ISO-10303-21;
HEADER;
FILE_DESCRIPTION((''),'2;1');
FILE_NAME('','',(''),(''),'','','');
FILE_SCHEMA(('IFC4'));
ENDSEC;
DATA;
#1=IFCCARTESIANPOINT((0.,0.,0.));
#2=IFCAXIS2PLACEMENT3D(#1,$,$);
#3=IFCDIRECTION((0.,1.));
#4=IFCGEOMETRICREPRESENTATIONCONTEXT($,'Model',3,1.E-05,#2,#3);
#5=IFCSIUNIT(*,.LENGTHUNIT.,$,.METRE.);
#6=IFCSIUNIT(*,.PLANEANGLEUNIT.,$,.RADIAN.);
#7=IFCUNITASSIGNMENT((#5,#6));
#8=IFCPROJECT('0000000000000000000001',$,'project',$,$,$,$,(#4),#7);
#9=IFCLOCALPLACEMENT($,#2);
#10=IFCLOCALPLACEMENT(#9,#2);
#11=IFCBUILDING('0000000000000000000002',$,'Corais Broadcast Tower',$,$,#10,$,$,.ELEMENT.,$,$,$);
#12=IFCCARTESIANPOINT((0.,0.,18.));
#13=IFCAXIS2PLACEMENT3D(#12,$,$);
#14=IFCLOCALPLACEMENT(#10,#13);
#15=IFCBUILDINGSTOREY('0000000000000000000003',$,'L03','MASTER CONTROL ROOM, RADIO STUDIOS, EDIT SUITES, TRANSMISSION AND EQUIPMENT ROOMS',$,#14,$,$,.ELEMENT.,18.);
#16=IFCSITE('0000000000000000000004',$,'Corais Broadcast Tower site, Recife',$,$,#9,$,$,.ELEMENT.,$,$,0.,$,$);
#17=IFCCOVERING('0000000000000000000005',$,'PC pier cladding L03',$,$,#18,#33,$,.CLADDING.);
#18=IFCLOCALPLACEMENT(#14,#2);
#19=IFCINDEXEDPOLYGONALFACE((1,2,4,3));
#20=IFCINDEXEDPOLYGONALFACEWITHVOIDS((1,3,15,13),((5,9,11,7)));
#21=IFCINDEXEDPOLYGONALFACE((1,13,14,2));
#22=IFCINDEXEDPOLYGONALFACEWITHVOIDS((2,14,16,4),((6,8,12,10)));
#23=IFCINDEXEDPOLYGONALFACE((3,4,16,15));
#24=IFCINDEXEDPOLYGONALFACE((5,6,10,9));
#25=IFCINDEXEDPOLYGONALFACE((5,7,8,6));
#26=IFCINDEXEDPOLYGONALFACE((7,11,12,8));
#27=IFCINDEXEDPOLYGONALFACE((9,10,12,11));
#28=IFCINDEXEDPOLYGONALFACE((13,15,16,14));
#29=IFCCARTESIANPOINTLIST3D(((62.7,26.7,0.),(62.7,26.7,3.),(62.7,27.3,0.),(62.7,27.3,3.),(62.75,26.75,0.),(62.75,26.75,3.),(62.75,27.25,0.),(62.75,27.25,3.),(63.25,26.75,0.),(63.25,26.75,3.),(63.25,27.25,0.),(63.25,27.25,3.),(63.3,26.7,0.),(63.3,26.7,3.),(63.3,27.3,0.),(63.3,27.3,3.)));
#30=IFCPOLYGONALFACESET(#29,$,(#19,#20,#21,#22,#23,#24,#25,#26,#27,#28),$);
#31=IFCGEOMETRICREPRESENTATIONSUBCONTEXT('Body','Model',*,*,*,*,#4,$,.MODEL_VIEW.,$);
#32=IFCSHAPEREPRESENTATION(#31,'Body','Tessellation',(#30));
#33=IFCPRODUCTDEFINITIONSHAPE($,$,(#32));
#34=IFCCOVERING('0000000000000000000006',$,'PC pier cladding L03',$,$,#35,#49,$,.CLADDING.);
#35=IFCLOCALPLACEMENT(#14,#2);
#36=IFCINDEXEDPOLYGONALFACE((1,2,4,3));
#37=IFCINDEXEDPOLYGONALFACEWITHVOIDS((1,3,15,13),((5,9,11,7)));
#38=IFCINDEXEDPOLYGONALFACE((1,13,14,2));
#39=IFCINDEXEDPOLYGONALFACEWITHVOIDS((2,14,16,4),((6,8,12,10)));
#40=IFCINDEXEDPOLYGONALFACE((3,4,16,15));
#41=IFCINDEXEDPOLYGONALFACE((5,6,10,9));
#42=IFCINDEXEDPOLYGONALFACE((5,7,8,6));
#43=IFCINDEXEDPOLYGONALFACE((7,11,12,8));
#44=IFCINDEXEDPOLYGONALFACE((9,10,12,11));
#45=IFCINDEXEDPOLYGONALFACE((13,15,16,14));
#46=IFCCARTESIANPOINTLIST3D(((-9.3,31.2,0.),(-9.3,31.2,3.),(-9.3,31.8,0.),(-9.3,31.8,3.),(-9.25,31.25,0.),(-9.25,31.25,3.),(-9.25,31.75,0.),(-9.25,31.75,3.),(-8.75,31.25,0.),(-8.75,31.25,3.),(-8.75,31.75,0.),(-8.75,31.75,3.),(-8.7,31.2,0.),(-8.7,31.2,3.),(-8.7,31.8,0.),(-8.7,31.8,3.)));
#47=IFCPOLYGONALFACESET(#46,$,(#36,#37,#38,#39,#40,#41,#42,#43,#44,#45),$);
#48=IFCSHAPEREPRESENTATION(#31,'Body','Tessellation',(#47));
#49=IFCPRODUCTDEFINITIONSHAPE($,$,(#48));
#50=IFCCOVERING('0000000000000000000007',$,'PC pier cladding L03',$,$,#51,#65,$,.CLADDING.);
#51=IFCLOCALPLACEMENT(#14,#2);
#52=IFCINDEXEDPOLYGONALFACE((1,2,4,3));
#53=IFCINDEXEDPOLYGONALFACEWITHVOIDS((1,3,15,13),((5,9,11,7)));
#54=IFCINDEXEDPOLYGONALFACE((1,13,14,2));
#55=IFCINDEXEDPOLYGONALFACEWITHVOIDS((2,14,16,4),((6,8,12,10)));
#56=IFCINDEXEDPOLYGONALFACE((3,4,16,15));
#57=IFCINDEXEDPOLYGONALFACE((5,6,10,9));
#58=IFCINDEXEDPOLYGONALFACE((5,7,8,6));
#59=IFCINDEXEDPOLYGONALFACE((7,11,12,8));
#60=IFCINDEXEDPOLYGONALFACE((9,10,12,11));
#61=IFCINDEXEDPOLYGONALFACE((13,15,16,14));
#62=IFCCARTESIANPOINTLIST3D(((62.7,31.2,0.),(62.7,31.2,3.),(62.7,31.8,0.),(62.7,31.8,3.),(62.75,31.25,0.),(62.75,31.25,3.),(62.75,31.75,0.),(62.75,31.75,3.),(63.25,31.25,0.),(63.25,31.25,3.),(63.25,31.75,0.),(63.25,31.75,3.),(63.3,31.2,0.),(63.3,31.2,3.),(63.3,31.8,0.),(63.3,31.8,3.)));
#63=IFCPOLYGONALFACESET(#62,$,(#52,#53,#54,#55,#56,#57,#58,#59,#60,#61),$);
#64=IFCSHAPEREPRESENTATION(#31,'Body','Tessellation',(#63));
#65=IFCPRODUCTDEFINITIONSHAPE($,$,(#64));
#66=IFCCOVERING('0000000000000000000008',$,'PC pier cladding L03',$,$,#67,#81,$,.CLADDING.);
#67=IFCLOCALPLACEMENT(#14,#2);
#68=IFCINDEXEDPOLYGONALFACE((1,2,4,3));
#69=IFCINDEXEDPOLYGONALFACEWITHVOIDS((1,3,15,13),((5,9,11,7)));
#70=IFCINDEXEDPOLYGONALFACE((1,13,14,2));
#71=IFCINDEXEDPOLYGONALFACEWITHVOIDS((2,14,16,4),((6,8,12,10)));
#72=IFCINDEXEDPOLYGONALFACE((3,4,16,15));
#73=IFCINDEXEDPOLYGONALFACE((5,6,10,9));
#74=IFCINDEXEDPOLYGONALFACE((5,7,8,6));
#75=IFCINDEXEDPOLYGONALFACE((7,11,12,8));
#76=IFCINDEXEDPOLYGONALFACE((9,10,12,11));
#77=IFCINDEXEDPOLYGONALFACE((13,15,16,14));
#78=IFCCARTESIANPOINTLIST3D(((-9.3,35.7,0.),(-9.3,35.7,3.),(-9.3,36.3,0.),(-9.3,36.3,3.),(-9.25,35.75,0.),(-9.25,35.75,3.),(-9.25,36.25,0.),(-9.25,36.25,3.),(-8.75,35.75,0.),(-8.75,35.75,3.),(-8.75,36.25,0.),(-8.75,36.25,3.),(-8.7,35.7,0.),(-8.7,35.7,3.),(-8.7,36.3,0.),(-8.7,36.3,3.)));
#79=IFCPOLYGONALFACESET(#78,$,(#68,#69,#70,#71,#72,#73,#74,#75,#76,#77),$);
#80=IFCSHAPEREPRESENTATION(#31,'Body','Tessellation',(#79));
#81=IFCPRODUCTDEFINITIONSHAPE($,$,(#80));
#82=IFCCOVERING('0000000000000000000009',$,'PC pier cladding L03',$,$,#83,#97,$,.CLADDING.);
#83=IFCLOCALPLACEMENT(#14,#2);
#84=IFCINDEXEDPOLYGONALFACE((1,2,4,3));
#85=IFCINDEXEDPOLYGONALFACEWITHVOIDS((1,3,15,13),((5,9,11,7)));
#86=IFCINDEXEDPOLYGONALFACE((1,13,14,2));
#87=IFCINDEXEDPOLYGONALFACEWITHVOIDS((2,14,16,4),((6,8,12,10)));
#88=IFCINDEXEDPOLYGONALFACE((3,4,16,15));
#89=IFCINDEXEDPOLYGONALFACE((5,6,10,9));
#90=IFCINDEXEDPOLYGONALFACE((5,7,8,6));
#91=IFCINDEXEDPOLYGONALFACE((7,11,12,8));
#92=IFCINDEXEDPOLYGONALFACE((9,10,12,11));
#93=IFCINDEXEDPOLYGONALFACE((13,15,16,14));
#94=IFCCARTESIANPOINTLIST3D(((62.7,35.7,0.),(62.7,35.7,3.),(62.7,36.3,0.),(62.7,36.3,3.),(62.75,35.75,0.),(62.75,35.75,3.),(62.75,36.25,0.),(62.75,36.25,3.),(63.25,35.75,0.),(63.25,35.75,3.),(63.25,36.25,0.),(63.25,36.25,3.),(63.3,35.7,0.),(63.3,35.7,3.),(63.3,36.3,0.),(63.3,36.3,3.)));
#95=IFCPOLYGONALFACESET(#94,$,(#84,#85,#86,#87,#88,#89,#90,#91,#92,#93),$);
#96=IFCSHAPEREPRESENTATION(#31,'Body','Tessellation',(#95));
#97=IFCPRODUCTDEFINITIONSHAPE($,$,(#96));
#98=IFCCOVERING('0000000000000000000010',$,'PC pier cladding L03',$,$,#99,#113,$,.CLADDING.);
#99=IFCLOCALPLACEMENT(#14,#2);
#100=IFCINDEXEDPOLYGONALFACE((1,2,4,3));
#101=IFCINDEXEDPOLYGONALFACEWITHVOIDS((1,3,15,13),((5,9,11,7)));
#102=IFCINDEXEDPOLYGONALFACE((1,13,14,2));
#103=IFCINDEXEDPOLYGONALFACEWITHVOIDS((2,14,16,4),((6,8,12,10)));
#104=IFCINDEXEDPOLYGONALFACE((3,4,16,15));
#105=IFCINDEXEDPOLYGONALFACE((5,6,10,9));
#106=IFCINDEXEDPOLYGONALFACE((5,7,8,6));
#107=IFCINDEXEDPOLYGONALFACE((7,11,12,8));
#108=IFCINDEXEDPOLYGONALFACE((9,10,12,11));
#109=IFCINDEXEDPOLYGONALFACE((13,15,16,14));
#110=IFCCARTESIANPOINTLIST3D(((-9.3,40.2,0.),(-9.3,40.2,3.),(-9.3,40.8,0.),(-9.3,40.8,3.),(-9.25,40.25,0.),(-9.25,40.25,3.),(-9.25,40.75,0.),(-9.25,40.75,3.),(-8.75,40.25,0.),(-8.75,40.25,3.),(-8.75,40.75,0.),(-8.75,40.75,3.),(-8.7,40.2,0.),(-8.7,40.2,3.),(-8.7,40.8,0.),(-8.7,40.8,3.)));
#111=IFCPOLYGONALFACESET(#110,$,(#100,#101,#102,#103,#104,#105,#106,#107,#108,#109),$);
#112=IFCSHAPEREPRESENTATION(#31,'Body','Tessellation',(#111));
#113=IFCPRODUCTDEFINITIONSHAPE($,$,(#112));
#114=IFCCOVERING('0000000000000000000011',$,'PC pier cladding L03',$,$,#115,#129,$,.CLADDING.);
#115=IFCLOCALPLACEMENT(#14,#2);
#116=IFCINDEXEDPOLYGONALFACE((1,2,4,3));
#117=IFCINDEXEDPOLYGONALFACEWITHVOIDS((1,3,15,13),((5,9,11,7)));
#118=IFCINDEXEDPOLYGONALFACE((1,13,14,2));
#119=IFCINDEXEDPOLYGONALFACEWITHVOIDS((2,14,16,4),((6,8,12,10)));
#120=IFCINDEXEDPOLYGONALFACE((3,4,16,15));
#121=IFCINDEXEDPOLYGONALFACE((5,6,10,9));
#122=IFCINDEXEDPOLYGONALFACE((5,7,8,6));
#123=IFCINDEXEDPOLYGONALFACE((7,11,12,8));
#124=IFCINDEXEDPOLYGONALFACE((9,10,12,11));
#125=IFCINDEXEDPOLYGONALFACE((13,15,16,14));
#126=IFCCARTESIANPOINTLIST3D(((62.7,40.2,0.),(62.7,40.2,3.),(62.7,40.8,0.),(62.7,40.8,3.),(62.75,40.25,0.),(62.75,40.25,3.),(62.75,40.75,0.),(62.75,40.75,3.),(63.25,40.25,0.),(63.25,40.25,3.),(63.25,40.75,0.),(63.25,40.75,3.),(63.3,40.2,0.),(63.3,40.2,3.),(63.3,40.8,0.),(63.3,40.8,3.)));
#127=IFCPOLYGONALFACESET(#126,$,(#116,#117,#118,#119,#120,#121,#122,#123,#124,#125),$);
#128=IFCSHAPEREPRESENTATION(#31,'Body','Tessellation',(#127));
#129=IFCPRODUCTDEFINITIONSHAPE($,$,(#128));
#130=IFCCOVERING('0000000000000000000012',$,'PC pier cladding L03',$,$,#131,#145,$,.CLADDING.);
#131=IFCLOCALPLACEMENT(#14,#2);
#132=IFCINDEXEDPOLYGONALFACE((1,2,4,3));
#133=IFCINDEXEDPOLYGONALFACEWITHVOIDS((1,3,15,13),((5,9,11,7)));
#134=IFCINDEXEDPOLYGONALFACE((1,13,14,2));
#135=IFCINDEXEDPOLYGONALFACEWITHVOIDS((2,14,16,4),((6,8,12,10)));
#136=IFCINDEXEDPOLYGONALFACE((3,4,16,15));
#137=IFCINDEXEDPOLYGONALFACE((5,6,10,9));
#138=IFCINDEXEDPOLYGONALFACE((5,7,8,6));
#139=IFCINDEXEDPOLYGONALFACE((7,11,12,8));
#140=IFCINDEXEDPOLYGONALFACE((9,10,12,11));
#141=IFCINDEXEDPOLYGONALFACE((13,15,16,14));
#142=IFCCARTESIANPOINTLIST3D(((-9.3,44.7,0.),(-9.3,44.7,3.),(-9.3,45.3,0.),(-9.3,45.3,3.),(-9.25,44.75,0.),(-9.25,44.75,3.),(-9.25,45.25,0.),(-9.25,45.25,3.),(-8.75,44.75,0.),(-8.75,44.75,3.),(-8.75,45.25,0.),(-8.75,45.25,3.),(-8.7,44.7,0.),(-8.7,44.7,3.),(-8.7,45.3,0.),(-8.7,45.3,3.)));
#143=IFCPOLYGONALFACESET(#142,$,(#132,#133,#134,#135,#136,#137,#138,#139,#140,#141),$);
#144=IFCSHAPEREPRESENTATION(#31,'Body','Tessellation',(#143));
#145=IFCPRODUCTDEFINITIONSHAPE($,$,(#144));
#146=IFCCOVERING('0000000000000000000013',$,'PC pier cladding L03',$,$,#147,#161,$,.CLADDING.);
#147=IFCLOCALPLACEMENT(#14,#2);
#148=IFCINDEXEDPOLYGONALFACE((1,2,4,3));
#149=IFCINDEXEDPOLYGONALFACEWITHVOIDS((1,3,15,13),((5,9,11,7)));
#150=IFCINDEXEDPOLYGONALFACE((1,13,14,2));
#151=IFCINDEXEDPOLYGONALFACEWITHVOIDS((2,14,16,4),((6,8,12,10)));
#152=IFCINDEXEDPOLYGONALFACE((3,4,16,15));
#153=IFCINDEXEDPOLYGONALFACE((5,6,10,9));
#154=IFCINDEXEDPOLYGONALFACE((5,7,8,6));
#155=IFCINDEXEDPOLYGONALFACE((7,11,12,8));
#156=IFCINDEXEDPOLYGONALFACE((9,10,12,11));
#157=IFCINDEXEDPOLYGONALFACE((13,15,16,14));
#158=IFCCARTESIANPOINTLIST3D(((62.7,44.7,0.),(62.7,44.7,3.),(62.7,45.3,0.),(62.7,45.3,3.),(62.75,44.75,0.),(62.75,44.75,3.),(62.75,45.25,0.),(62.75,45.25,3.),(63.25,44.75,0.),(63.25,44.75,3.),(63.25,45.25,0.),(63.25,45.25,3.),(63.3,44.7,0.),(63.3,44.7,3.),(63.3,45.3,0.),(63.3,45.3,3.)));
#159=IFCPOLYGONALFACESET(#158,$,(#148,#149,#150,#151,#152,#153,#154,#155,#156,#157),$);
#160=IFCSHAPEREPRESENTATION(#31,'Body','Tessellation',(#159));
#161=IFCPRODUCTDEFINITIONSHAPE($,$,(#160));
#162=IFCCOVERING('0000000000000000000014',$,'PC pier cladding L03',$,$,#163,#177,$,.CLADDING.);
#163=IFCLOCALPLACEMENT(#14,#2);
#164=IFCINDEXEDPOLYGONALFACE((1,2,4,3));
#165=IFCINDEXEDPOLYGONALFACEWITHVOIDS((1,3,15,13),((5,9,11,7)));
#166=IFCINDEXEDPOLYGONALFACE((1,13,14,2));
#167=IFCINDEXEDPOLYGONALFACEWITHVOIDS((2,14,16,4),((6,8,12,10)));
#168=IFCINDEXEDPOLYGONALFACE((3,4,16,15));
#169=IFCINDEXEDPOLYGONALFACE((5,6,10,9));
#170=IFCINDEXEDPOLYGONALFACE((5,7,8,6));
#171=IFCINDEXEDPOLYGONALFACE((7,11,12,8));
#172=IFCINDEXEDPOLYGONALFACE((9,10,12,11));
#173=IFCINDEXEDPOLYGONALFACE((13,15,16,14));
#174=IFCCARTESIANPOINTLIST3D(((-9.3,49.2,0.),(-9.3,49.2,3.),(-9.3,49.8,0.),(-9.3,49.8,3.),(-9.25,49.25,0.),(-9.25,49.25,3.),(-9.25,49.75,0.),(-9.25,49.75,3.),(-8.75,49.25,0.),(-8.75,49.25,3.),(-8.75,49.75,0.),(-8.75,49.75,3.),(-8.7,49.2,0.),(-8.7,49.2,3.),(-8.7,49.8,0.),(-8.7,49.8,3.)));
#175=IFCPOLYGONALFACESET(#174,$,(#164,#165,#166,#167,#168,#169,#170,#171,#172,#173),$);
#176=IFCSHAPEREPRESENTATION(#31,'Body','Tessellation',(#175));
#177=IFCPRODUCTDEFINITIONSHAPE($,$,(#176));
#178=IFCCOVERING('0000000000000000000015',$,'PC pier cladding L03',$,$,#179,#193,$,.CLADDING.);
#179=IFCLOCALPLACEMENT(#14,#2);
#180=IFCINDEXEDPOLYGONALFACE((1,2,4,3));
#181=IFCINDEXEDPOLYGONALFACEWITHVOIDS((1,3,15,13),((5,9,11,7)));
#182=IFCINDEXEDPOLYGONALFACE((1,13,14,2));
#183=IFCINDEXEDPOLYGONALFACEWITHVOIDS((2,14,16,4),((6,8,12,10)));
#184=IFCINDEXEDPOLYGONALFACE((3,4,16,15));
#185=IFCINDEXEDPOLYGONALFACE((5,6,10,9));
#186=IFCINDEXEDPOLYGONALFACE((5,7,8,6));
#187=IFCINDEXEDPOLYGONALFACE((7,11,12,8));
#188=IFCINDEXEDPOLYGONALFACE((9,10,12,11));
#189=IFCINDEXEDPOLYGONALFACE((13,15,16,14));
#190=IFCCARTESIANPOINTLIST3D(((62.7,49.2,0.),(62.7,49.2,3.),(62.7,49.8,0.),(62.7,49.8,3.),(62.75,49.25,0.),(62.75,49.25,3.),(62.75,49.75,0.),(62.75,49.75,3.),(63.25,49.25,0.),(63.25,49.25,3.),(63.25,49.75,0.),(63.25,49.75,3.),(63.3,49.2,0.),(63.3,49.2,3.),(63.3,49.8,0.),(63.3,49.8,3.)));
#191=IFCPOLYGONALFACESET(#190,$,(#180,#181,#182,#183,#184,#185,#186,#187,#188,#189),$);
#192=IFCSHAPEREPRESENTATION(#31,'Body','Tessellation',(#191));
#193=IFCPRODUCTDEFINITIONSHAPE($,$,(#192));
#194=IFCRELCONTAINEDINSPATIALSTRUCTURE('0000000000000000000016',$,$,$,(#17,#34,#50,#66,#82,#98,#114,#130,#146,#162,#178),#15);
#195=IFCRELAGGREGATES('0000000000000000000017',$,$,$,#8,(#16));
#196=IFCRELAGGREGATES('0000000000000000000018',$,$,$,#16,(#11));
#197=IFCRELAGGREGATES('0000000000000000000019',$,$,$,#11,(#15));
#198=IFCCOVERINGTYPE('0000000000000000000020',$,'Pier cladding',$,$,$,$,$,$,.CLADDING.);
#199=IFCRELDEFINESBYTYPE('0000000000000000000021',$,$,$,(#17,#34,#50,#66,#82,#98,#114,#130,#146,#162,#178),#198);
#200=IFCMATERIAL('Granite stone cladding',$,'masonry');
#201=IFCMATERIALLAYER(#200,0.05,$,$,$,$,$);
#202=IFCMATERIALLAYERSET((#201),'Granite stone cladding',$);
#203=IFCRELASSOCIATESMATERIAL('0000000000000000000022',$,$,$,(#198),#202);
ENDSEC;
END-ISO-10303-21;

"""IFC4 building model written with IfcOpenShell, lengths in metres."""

from ifc_helpers import new_model, si_unit, direction, frame, origin, place, context, subcontext, project, spatial, polyline, outline, extrude, material, layer, layer_set, type_object, element, save


model = new_model("IFC4")

# Units and contexts
model_context = context("Model", 3, precision=1e-05, world=origin(), true_north=direction((0.0, 1.0)))
body_context = subcontext(model_context, "Body", "Model", "MODEL_VIEW")
ifc_project = project(units=[si_unit("LENGTHUNIT", "METRE"), si_unit("PLANEANGLEUNIT", "RADIAN")], contexts=[model_context])

# Site, building, storey
site_placement = place(None, origin())
site = spatial("IfcSite", under=ifc_project, at=site_placement, Name="Corais Broadcast Tower site, Recife", CompositionType="ELEMENT", RefElevation=0.0)
building_placement = place(site_placement, origin())
building = spatial("IfcBuilding", under=site, at=building_placement, Name="Corais Broadcast Tower", CompositionType="ELEMENT")
storey_placement = place(building_placement, frame((0.0, 0.0, 18.0)))
storey = spatial("IfcBuildingStorey", under=building, at=storey_placement, Name="L03", Description="MASTER CONTROL ROOM, RADIO STUDIOS, EDIT SUITES, TRANSMISSION AND EQUIPMENT ROOMS", CompositionType="ELEMENT", Elevation=18.0)

# Coverings
ifc_material = material(Name="Granite stone cladding", Category="masonry")
ifc_layer = layer(ifc_material, 0.05)
ifc_layer_set = layer_set([ifc_layer], Name="Granite stone cladding")
covering_type = type_object("IfcCoveringType", Name="Pier cladding", PredefinedType="CLADDING", material=ifc_layer_set)
covering_1_placement = place(storey_placement, origin())
element("IfcCovering", 1, at=covering_1_placement, inside=storey, type_object=covering_type, Name="PC pier cladding L03", PredefinedType="CLADDING", context=body_context, shape_type="SweptSolid", body=[
    extrude(outline(polyline([(62.7, 26.7), (63.3, 26.7), (63.3, 27.3), (62.7, 27.3), (62.7, 26.7)]), holes=[polyline([(62.75, 26.75), (63.25, 26.75), (63.25, 27.25), (62.75, 27.25), (62.75, 26.75)])]), origin(), (0.0, 0.0, 1.0), 3.0),
])
covering_2_placement = place(storey_placement, origin())
element("IfcCovering", 2, at=covering_2_placement, inside=storey, type_object=covering_type, Name="PC pier cladding L03", PredefinedType="CLADDING", context=body_context, shape_type="SweptSolid", body=[
    extrude(outline(polyline([(-9.3, 31.2), (-8.7, 31.2), (-8.7, 31.8), (-9.3, 31.8), (-9.3, 31.2)]), holes=[polyline([(-9.25, 31.25), (-8.75, 31.25), (-8.75, 31.75), (-9.25, 31.75), (-9.25, 31.25)])]), origin(), (0.0, 0.0, 1.0), 3.0),
])
covering_3_placement = place(storey_placement, origin())
element("IfcCovering", 3, at=covering_3_placement, inside=storey, type_object=covering_type, Name="PC pier cladding L03", PredefinedType="CLADDING", context=body_context, shape_type="SweptSolid", body=[
    extrude(outline(polyline([(62.7, 31.2), (63.3, 31.2), (63.3, 31.8), (62.7, 31.8), (62.7, 31.2)]), holes=[polyline([(62.75, 31.25), (63.25, 31.25), (63.25, 31.75), (62.75, 31.75), (62.75, 31.25)])]), origin(), (0.0, 0.0, 1.0), 3.0),
])
covering_4_placement = place(storey_placement, origin())
element("IfcCovering", 4, at=covering_4_placement, inside=storey, type_object=covering_type, Name="PC pier cladding L03", PredefinedType="CLADDING", context=body_context, shape_type="SweptSolid", body=[
    extrude(outline(polyline([(-9.3, 35.7), (-8.7, 35.7), (-8.7, 36.3), (-9.3, 36.3), (-9.3, 35.7)]), holes=[polyline([(-9.25, 35.75), (-8.75, 35.75), (-8.75, 36.25), (-9.25, 36.25), (-9.25, 35.75)])]), origin(), (0.0, 0.0, 1.0), 3.0),
])
covering_5_placement = place(storey_placement, origin())
element("IfcCovering", 5, at=covering_5_placement, inside=storey, type_object=covering_type, Name="PC pier cladding L03", PredefinedType="CLADDING", context=body_context, shape_type="SweptSolid", body=[
    extrude(outline(polyline([(62.7, 35.7), (63.3, 35.7), (63.3, 36.3), (62.7, 36.3), (62.7, 35.7)]), holes=[polyline([(62.75, 35.75), (63.25, 35.75), (63.25, 36.25), (62.75, 36.25), (62.75, 35.75)])]), origin(), (0.0, 0.0, 1.0), 3.0),
])
covering_6_placement = place(storey_placement, origin())
element("IfcCovering", 6, at=covering_6_placement, inside=storey, type_object=covering_type, Name="PC pier cladding L03", PredefinedType="CLADDING", context=body_context, shape_type="SweptSolid", body=[
    extrude(outline(polyline([(-9.3, 40.2), (-8.7, 40.2), (-8.7, 40.8), (-9.3, 40.8), (-9.3, 40.2)]), holes=[polyline([(-9.25, 40.25), (-8.75, 40.25), (-8.75, 40.75), (-9.25, 40.75), (-9.25, 40.25)])]), origin(), (0.0, 0.0, 1.0), 3.0),
])
covering_7_placement = place(storey_placement, origin())
element("IfcCovering", 7, at=covering_7_placement, inside=storey, type_object=covering_type, Name="PC pier cladding L03", PredefinedType="CLADDING", context=body_context, shape_type="SweptSolid", body=[
    extrude(outline(polyline([(62.7, 40.2), (63.3, 40.2), (63.3, 40.8), (62.7, 40.8), (62.7, 40.2)]), holes=[polyline([(62.75, 40.25), (63.25, 40.25), (63.25, 40.75), (62.75, 40.75), (62.75, 40.25)])]), origin(), (0.0, 0.0, 1.0), 3.0),
])
covering_8_placement = place(storey_placement, origin())
element("IfcCovering", 8, at=covering_8_placement, inside=storey, type_object=covering_type, Name="PC pier cladding L03", PredefinedType="CLADDING", context=body_context, shape_type="SweptSolid", body=[
    extrude(outline(polyline([(-9.3, 44.7), (-8.7, 44.7), (-8.7, 45.3), (-9.3, 45.3), (-9.3, 44.7)]), holes=[polyline([(-9.25, 44.75), (-8.75, 44.75), (-8.75, 45.25), (-9.25, 45.25), (-9.25, 44.75)])]), origin(), (0.0, 0.0, 1.0), 3.0),
])
covering_9_placement = place(storey_placement, origin())
element("IfcCovering", 9, at=covering_9_placement, inside=storey, type_object=covering_type, Name="PC pier cladding L03", PredefinedType="CLADDING", context=body_context, shape_type="SweptSolid", body=[
    extrude(outline(polyline([(62.7, 44.7), (63.3, 44.7), (63.3, 45.3), (62.7, 45.3), (62.7, 44.7)]), holes=[polyline([(62.75, 44.75), (63.25, 44.75), (63.25, 45.25), (62.75, 45.25), (62.75, 44.75)])]), origin(), (0.0, 0.0, 1.0), 3.0),
])
covering_10_placement = place(storey_placement, origin())
element("IfcCovering", 10, at=covering_10_placement, inside=storey, type_object=covering_type, Name="PC pier cladding L03", PredefinedType="CLADDING", context=body_context, shape_type="SweptSolid", body=[
    extrude(outline(polyline([(-9.3, 49.2), (-8.7, 49.2), (-8.7, 49.8), (-9.3, 49.8), (-9.3, 49.2)]), holes=[polyline([(-9.25, 49.25), (-8.75, 49.25), (-8.75, 49.75), (-9.25, 49.75), (-9.25, 49.25)])]), origin(), (0.0, 0.0, 1.0), 3.0),
])
covering_11_placement = place(storey_placement, origin())
element("IfcCovering", 11, at=covering_11_placement, inside=storey, type_object=covering_type, Name="PC pier cladding L03", PredefinedType="CLADDING", context=body_context, shape_type="SweptSolid", body=[
    extrude(outline(polyline([(62.7, 49.2), (63.3, 49.2), (63.3, 49.8), (62.7, 49.8), (62.7, 49.2)]), holes=[polyline([(62.75, 49.25), (63.25, 49.25), (63.25, 49.75), (62.75, 49.75), (62.75, 49.25)])]), origin(), (0.0, 0.0, 1.0), 3.0),
])

save(model, "model.ifc")
